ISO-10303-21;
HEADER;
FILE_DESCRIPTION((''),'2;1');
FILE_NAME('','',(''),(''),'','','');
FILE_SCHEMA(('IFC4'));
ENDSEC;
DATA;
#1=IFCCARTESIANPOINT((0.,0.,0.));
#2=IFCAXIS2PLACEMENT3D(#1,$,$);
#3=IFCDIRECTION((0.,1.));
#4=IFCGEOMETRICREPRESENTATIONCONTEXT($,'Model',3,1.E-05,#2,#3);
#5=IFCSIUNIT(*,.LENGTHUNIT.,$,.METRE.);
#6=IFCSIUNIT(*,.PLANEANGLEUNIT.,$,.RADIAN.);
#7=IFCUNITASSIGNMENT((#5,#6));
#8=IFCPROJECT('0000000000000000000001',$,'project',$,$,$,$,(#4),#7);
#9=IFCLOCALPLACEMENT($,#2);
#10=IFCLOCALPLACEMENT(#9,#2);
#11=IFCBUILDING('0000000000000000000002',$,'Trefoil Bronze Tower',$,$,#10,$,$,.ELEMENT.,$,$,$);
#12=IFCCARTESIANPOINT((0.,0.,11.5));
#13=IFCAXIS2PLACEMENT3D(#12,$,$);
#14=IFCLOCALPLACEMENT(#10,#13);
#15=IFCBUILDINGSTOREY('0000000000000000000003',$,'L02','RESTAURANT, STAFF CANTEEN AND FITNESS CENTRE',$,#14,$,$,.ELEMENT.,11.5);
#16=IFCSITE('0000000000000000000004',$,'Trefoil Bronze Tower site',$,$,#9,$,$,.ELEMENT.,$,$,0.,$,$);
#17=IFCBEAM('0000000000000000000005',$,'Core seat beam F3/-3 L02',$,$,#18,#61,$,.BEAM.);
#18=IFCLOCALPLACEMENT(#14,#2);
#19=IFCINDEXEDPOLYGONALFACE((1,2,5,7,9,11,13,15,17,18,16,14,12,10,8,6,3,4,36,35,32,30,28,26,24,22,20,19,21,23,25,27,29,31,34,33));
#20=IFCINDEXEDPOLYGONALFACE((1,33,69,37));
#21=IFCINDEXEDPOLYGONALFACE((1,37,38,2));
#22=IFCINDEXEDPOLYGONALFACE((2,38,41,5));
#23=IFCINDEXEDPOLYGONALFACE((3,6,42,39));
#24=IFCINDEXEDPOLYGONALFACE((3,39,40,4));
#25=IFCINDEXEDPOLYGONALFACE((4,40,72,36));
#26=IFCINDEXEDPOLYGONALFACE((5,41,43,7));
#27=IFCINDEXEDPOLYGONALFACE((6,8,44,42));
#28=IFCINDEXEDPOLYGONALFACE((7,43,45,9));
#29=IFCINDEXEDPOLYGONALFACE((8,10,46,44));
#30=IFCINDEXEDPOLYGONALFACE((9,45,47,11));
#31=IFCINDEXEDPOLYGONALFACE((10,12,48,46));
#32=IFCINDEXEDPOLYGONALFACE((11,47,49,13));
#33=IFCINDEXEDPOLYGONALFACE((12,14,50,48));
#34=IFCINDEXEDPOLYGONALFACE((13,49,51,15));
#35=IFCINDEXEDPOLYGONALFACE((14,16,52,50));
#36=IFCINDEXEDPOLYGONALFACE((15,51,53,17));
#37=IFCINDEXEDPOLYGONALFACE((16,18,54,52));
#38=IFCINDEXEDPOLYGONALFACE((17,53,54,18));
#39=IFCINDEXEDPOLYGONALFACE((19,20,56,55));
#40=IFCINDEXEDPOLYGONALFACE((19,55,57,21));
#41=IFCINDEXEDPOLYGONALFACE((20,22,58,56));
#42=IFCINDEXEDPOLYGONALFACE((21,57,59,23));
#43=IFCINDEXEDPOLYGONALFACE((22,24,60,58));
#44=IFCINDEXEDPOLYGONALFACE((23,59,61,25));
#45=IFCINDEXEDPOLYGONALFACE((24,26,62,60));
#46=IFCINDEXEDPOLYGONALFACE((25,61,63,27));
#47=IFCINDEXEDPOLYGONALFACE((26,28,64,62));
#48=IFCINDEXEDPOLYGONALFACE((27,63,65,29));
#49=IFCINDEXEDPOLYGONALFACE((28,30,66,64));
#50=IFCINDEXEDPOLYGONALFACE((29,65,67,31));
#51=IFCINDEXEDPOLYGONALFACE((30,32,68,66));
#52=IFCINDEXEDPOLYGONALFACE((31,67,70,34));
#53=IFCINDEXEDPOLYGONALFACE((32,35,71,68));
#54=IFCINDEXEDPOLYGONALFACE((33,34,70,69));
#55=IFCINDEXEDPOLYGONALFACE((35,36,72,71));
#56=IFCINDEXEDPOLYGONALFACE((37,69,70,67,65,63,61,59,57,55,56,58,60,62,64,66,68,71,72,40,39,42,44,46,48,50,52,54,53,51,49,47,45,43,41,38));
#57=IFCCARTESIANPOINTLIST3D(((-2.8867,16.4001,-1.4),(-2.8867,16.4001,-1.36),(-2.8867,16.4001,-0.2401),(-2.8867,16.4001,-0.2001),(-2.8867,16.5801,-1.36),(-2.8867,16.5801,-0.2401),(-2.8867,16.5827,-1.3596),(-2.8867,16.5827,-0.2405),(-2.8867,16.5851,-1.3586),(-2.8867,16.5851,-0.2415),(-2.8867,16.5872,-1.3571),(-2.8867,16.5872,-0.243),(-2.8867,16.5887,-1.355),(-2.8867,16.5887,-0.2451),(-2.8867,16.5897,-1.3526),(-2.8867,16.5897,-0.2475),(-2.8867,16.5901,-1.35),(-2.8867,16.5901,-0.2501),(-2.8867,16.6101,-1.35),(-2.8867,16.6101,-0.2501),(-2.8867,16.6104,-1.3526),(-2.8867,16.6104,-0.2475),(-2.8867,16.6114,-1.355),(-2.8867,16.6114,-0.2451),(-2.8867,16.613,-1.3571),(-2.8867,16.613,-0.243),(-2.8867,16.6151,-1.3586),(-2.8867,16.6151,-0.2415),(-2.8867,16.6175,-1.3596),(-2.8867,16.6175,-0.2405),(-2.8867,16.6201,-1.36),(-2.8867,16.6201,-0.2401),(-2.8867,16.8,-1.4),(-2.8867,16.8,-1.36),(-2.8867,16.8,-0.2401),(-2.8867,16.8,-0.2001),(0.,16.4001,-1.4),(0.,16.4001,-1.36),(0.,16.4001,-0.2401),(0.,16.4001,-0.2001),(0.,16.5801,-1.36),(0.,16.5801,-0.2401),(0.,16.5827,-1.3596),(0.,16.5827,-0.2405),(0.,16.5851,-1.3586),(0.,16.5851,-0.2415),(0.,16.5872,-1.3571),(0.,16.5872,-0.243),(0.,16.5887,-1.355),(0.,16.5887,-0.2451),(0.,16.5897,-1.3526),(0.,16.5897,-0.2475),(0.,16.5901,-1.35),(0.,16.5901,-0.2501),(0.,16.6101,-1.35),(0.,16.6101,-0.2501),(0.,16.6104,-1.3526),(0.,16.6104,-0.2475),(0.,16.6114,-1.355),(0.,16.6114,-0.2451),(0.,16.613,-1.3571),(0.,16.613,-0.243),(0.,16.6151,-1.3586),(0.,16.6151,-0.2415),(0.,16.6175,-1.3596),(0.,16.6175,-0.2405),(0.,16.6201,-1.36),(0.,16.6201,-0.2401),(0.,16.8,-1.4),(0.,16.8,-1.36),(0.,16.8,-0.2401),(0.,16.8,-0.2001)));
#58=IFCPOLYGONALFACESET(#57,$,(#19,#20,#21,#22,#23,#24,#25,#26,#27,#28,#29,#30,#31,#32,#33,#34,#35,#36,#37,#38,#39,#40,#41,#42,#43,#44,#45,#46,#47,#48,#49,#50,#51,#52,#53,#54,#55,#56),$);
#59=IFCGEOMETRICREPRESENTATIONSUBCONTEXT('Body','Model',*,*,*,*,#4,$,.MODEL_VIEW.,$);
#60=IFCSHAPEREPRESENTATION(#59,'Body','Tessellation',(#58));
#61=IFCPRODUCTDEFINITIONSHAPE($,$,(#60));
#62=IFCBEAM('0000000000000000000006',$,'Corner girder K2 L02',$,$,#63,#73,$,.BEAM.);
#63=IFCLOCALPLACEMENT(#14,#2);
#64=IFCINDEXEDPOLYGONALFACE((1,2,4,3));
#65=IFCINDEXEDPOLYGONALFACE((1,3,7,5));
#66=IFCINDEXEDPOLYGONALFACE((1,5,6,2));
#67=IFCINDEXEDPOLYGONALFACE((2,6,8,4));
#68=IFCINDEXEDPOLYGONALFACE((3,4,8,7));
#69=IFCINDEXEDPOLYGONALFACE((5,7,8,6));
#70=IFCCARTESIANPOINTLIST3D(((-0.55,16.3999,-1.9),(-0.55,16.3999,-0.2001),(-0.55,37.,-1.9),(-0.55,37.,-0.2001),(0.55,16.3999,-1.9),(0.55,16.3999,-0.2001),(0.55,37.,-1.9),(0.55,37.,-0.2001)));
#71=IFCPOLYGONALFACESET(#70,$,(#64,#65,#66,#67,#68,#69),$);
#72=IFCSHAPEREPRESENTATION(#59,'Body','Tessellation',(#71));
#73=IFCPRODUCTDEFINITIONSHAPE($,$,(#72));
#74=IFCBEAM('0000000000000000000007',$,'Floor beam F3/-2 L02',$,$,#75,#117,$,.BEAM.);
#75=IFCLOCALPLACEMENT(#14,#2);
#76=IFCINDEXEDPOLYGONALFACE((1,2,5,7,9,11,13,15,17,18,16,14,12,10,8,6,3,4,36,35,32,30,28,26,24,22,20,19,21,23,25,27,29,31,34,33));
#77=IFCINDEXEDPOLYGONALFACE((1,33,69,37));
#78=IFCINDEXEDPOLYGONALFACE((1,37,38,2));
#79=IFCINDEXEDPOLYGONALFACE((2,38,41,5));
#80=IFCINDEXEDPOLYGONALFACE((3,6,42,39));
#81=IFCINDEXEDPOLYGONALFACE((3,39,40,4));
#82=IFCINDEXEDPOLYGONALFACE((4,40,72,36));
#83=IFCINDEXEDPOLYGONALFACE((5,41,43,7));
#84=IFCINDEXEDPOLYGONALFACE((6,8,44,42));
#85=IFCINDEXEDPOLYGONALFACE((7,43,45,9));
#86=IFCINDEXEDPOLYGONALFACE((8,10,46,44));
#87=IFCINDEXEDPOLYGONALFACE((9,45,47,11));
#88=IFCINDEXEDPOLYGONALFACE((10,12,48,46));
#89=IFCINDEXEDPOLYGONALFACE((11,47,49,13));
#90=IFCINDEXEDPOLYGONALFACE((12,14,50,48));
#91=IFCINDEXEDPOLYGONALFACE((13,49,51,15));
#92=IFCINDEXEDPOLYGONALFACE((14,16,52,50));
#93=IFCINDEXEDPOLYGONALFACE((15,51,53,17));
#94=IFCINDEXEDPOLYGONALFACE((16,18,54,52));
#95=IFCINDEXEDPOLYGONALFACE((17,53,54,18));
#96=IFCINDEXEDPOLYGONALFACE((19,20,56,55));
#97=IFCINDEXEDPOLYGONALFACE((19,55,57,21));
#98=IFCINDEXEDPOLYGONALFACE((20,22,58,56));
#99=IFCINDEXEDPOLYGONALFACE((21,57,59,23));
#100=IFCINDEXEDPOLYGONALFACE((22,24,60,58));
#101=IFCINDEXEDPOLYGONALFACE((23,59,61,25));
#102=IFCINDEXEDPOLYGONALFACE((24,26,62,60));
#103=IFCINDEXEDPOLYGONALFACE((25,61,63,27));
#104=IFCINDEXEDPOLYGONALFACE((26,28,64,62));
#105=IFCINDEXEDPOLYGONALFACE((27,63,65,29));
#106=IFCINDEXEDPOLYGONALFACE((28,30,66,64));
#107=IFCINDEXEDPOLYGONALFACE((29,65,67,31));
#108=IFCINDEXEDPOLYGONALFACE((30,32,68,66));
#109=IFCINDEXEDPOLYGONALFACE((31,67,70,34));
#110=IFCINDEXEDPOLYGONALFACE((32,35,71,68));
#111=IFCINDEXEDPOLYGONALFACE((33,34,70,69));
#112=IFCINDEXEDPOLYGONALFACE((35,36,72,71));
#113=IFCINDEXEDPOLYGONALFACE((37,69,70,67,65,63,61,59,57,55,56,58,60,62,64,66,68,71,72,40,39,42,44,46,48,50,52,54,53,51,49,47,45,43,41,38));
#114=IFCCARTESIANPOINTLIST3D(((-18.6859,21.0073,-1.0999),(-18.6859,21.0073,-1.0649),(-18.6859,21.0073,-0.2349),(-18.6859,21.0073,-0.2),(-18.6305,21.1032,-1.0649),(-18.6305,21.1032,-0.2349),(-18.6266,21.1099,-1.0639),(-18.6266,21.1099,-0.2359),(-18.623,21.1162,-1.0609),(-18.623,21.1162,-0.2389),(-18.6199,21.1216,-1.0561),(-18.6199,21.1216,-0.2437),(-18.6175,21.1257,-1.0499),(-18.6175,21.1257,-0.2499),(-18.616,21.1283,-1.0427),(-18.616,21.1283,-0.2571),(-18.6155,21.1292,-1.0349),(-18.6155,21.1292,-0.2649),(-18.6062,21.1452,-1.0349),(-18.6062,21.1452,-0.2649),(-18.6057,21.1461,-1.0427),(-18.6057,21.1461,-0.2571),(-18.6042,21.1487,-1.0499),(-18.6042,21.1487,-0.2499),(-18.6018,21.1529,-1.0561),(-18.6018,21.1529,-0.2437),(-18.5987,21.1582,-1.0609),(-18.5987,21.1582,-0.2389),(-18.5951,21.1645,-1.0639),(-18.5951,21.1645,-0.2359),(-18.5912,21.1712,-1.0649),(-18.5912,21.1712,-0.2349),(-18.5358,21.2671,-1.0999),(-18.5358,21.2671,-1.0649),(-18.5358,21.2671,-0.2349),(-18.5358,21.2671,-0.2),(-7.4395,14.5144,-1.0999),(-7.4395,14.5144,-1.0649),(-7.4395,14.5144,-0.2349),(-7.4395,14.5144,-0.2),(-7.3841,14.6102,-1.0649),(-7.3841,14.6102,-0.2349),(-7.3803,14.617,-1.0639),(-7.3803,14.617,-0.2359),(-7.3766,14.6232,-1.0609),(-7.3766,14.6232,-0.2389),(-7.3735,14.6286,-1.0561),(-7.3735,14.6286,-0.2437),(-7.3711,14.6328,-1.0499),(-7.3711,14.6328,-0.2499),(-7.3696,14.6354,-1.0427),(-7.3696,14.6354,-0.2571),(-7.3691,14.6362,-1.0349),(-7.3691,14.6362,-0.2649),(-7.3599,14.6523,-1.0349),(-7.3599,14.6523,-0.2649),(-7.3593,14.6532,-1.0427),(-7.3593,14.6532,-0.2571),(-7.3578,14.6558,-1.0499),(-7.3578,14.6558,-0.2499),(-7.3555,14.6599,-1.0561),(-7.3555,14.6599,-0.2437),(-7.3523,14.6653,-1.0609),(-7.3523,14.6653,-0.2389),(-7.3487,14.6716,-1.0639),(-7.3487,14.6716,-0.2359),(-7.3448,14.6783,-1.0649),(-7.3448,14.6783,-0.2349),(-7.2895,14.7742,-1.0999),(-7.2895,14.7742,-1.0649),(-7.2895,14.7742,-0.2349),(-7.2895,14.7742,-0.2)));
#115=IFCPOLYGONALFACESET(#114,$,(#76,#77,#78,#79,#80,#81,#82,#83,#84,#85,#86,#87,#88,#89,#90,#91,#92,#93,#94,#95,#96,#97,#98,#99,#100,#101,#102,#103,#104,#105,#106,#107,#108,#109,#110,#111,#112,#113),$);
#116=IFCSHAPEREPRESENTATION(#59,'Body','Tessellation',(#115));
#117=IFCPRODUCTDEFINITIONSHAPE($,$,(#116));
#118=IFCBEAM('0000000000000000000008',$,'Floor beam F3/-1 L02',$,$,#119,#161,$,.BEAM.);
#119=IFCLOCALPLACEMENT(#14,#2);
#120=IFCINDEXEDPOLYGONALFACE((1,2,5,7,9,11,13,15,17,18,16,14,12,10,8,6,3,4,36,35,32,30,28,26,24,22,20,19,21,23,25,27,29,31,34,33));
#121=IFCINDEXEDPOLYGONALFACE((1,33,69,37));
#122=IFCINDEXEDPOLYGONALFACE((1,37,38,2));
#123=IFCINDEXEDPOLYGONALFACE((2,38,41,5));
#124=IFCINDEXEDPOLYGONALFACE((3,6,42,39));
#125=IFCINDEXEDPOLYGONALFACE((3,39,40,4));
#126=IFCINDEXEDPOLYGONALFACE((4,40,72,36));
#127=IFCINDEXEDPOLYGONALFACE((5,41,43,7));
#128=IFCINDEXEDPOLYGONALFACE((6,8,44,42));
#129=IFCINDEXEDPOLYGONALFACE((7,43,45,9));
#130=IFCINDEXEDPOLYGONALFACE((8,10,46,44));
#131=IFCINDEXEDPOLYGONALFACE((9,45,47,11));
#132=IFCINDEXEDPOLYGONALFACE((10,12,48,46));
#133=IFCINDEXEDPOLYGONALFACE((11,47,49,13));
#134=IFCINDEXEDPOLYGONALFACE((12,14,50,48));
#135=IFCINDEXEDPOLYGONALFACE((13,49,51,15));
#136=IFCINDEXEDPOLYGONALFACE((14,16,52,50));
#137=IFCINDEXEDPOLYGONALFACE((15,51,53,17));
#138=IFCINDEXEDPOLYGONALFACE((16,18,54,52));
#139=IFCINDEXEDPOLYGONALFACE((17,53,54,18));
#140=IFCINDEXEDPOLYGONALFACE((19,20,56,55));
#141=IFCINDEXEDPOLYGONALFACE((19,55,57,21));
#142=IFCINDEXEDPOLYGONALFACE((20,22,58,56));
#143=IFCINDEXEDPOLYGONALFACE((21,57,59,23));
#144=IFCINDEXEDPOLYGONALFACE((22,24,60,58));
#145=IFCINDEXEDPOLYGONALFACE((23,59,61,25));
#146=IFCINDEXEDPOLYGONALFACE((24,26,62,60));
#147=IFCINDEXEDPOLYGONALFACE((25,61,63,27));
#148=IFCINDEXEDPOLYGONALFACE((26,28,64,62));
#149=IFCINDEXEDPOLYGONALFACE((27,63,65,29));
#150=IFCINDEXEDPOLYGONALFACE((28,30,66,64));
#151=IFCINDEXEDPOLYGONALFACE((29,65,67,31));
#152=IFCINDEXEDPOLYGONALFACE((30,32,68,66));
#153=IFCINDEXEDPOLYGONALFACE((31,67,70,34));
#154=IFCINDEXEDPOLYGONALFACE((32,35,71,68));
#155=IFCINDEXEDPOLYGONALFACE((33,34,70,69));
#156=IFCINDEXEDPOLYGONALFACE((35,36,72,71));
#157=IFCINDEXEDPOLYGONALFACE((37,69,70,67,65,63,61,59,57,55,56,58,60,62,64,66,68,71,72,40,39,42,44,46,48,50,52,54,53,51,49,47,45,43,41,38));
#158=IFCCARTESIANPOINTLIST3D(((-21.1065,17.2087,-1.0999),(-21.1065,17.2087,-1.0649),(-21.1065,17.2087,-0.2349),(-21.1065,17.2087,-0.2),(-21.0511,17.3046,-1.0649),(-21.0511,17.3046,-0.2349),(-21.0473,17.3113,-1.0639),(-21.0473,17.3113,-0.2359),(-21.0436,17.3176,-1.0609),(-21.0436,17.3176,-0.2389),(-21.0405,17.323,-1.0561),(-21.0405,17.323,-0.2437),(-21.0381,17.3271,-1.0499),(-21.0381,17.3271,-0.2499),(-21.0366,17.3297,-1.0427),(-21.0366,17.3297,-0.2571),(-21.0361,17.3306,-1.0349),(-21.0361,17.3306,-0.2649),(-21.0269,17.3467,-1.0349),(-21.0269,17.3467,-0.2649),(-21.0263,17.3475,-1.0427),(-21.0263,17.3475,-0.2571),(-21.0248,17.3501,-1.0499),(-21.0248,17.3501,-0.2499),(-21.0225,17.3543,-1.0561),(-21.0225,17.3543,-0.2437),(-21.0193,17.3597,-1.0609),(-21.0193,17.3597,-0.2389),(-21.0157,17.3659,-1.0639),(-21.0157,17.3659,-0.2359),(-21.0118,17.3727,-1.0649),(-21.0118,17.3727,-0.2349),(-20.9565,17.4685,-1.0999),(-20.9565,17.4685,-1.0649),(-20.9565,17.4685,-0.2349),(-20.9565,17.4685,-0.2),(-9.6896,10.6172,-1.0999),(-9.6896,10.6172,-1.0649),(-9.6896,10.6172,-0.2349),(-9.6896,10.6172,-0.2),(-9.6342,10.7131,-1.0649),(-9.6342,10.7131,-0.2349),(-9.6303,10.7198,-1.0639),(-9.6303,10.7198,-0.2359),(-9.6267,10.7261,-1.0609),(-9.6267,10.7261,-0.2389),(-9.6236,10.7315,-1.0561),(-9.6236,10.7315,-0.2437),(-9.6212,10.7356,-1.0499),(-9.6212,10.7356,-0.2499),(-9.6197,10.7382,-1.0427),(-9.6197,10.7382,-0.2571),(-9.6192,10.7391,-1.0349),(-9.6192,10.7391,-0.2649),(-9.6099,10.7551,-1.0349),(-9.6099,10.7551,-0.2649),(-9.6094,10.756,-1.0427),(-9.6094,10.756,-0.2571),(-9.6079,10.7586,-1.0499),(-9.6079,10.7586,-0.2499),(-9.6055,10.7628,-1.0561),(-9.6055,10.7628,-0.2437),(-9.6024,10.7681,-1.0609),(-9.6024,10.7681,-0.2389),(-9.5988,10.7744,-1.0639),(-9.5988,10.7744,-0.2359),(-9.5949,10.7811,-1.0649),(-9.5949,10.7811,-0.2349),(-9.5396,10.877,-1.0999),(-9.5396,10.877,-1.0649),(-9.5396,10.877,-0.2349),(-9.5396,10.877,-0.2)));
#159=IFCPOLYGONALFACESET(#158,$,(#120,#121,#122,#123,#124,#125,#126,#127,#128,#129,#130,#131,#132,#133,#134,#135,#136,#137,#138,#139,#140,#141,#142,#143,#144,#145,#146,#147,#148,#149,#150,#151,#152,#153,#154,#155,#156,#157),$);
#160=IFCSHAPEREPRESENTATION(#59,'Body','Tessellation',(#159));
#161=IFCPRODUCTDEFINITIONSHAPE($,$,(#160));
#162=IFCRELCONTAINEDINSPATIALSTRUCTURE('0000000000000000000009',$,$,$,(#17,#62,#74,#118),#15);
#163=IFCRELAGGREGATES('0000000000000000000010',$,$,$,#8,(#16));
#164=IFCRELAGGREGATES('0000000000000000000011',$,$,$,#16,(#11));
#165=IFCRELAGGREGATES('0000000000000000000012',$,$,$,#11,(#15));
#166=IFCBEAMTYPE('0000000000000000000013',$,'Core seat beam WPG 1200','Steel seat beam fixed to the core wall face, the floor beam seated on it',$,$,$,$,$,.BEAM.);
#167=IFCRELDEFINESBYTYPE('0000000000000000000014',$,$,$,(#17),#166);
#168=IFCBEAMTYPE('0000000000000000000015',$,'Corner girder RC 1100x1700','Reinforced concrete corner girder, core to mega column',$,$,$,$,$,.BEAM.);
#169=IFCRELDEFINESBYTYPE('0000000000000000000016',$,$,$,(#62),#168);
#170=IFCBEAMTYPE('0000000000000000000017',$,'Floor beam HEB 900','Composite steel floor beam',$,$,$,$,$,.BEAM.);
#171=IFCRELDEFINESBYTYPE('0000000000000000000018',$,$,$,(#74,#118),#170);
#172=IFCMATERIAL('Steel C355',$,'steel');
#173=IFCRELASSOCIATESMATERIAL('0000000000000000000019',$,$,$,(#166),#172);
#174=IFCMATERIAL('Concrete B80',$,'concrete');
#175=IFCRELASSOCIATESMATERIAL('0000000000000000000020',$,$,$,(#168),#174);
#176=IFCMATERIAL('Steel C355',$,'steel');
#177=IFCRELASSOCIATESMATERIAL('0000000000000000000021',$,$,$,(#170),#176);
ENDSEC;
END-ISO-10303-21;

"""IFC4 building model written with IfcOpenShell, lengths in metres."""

from ifc_helpers import new_model, si_unit, direction, frame, origin, origin_2d, place, context, subcontext, project, spatial, rectangle, i_section, extrude, material, material_profile, profile_set, type_object, element, save


model = new_model("IFC4")

# Units and contexts
model_context = context("Model", 3, precision=1e-05, world=origin(), true_north=direction((0.0, 1.0)))
body_context = subcontext(model_context, "Body", "Model", "MODEL_VIEW")
ifc_project = project(units=[si_unit("LENGTHUNIT", "METRE"), si_unit("PLANEANGLEUNIT", "RADIAN")], contexts=[model_context])

# Site, building, storey
site_placement = place(None, origin())
site = spatial("IfcSite", under=ifc_project, at=site_placement, Name="Trefoil Bronze Tower site", CompositionType="ELEMENT", RefElevation=0.0)
building_placement = place(site_placement, origin())
building = spatial("IfcBuilding", under=site, at=building_placement, Name="Trefoil Bronze Tower", CompositionType="ELEMENT")
storey_placement = place(building_placement, frame((0.0, 0.0, 11.5)))
storey = spatial("IfcBuildingStorey", under=building, at=storey_placement, Name="L02", Description="RESTAURANT, STAFF CANTEEN AND FITNESS CENTRE", CompositionType="ELEMENT", Elevation=11.5)

# Beams
ifc_material_1 = material(Name="Steel C355", Category="steel")
ifc_material_profile_1 = material_profile(ifc_material_1, i_section(OverallWidth=0.3999, OverallDepth=1.2, WebThickness=0.02, FlangeThickness=0.04, FilletRadius=0.01, at=origin_2d()), Name="WPG 1200")
ifc_profile_set_1 = profile_set([ifc_material_profile_1], Name="Steel C355")
beam_type_1 = type_object("IfcBeamType", Name="Core seat beam WPG 1200", Description="Steel seat beam fixed to the core wall face, the floor beam seated on it", PredefinedType="BEAM", material=ifc_profile_set_1)
beam_1_placement = place(storey_placement, frame((0.0, 16.6001, -0.8), z_axis=(-1.0, 0.0, 0.0), x_axis=(0.0, -1.0, 0.0)))
element("IfcBeam", 1, at=beam_1_placement, inside=storey, type_object=beam_type_1, Name="Core seat beam F3/-3 L02", PredefinedType="BEAM", context=body_context, shape_type="SweptSolid", body=[
    extrude(i_section(OverallWidth=0.3999, OverallDepth=1.2, WebThickness=0.02, FlangeThickness=0.04, FilletRadius=0.01, at=origin_2d()), origin(), (0.0, 0.0, 1.0), 2.8867),
])
ifc_material_2 = material(Name="Concrete B80", Category="concrete")
ifc_material_profile_2 = material_profile(ifc_material_2, rectangle(XDim=1.1001, YDim=1.7, at=origin_2d()), Name="RC 1100x1700")
ifc_profile_set_2 = profile_set([ifc_material_profile_2], Name="Concrete B80")
beam_type_2 = type_object("IfcBeamType", Name="Corner girder RC 1100x1700", Description="Reinforced concrete corner girder, core to mega column", PredefinedType="BEAM", material=ifc_profile_set_2)
beam_2_placement = place(storey_placement, frame((0.0, 16.3999, -1.05), z_axis=(0.0, 1.0, 0.0), x_axis=(-1.0, 0.0, 0.0)))
element("IfcBeam", 2, at=beam_2_placement, inside=storey, type_object=beam_type_2, Name="Corner girder K2 L02", PredefinedType="BEAM", context=body_context, shape_type="SweptSolid", body=[
    extrude(rectangle(XDim=1.1001, YDim=1.7, at=origin_2d()), origin(), (0.0, 0.0, 1.0), 20.6001),
])
ifc_material_3 = material(Name="Steel C355", Category="steel")
ifc_material_profile_3 = material_profile(ifc_material_3, i_section(OverallWidth=0.3, OverallDepth=0.8999, WebThickness=0.0186, FlangeThickness=0.0349, FilletRadius=0.03, at=origin_2d()), Name="HEB 900")
ifc_profile_set_3 = profile_set([ifc_material_profile_3], Name="Steel C355")
beam_type_3 = type_object("IfcBeamType", Name="Floor beam HEB 900", Description="Composite steel floor beam", PredefinedType="BEAM", material=ifc_profile_set_3)
beam_3_placement = place(storey_placement, frame((-18.6108, 21.1372, -0.6499), z_axis=(0.866031, -0.499991, 0.0), x_axis=(0.499991, 0.866031, 0.0)))
element("IfcBeam", 3, at=beam_3_placement, inside=storey, type_object=beam_type_3, Name="Floor beam F3/-2 L02", PredefinedType="BEAM", context=body_context, shape_type="SweptSolid", body=[
    extrude(i_section(OverallWidth=0.3, OverallDepth=0.8999, WebThickness=0.0186, FlangeThickness=0.0349, FilletRadius=0.03, at=origin_2d()), origin(), (0.0, 0.0, 1.0), 12.9861),
])
beam_4_placement = place(storey_placement, frame((-21.0315, 17.3386, -0.6499), z_axis=(0.866027, -0.499997, 0.0), x_axis=(0.499997, 0.866027, 0.0)))
element("IfcBeam", 4, at=beam_4_placement, inside=storey, type_object=beam_type_3, Name="Floor beam F3/-1 L02", PredefinedType="BEAM", context=body_context, shape_type="SweptSolid", body=[
    extrude(i_section(OverallWidth=0.3, OverallDepth=0.8999, WebThickness=0.0186, FlangeThickness=0.0349, FilletRadius=0.03, at=origin_2d()), origin(), (0.0, 0.0, 1.0), 13.1831),
])

save(model, "model.ifc")
